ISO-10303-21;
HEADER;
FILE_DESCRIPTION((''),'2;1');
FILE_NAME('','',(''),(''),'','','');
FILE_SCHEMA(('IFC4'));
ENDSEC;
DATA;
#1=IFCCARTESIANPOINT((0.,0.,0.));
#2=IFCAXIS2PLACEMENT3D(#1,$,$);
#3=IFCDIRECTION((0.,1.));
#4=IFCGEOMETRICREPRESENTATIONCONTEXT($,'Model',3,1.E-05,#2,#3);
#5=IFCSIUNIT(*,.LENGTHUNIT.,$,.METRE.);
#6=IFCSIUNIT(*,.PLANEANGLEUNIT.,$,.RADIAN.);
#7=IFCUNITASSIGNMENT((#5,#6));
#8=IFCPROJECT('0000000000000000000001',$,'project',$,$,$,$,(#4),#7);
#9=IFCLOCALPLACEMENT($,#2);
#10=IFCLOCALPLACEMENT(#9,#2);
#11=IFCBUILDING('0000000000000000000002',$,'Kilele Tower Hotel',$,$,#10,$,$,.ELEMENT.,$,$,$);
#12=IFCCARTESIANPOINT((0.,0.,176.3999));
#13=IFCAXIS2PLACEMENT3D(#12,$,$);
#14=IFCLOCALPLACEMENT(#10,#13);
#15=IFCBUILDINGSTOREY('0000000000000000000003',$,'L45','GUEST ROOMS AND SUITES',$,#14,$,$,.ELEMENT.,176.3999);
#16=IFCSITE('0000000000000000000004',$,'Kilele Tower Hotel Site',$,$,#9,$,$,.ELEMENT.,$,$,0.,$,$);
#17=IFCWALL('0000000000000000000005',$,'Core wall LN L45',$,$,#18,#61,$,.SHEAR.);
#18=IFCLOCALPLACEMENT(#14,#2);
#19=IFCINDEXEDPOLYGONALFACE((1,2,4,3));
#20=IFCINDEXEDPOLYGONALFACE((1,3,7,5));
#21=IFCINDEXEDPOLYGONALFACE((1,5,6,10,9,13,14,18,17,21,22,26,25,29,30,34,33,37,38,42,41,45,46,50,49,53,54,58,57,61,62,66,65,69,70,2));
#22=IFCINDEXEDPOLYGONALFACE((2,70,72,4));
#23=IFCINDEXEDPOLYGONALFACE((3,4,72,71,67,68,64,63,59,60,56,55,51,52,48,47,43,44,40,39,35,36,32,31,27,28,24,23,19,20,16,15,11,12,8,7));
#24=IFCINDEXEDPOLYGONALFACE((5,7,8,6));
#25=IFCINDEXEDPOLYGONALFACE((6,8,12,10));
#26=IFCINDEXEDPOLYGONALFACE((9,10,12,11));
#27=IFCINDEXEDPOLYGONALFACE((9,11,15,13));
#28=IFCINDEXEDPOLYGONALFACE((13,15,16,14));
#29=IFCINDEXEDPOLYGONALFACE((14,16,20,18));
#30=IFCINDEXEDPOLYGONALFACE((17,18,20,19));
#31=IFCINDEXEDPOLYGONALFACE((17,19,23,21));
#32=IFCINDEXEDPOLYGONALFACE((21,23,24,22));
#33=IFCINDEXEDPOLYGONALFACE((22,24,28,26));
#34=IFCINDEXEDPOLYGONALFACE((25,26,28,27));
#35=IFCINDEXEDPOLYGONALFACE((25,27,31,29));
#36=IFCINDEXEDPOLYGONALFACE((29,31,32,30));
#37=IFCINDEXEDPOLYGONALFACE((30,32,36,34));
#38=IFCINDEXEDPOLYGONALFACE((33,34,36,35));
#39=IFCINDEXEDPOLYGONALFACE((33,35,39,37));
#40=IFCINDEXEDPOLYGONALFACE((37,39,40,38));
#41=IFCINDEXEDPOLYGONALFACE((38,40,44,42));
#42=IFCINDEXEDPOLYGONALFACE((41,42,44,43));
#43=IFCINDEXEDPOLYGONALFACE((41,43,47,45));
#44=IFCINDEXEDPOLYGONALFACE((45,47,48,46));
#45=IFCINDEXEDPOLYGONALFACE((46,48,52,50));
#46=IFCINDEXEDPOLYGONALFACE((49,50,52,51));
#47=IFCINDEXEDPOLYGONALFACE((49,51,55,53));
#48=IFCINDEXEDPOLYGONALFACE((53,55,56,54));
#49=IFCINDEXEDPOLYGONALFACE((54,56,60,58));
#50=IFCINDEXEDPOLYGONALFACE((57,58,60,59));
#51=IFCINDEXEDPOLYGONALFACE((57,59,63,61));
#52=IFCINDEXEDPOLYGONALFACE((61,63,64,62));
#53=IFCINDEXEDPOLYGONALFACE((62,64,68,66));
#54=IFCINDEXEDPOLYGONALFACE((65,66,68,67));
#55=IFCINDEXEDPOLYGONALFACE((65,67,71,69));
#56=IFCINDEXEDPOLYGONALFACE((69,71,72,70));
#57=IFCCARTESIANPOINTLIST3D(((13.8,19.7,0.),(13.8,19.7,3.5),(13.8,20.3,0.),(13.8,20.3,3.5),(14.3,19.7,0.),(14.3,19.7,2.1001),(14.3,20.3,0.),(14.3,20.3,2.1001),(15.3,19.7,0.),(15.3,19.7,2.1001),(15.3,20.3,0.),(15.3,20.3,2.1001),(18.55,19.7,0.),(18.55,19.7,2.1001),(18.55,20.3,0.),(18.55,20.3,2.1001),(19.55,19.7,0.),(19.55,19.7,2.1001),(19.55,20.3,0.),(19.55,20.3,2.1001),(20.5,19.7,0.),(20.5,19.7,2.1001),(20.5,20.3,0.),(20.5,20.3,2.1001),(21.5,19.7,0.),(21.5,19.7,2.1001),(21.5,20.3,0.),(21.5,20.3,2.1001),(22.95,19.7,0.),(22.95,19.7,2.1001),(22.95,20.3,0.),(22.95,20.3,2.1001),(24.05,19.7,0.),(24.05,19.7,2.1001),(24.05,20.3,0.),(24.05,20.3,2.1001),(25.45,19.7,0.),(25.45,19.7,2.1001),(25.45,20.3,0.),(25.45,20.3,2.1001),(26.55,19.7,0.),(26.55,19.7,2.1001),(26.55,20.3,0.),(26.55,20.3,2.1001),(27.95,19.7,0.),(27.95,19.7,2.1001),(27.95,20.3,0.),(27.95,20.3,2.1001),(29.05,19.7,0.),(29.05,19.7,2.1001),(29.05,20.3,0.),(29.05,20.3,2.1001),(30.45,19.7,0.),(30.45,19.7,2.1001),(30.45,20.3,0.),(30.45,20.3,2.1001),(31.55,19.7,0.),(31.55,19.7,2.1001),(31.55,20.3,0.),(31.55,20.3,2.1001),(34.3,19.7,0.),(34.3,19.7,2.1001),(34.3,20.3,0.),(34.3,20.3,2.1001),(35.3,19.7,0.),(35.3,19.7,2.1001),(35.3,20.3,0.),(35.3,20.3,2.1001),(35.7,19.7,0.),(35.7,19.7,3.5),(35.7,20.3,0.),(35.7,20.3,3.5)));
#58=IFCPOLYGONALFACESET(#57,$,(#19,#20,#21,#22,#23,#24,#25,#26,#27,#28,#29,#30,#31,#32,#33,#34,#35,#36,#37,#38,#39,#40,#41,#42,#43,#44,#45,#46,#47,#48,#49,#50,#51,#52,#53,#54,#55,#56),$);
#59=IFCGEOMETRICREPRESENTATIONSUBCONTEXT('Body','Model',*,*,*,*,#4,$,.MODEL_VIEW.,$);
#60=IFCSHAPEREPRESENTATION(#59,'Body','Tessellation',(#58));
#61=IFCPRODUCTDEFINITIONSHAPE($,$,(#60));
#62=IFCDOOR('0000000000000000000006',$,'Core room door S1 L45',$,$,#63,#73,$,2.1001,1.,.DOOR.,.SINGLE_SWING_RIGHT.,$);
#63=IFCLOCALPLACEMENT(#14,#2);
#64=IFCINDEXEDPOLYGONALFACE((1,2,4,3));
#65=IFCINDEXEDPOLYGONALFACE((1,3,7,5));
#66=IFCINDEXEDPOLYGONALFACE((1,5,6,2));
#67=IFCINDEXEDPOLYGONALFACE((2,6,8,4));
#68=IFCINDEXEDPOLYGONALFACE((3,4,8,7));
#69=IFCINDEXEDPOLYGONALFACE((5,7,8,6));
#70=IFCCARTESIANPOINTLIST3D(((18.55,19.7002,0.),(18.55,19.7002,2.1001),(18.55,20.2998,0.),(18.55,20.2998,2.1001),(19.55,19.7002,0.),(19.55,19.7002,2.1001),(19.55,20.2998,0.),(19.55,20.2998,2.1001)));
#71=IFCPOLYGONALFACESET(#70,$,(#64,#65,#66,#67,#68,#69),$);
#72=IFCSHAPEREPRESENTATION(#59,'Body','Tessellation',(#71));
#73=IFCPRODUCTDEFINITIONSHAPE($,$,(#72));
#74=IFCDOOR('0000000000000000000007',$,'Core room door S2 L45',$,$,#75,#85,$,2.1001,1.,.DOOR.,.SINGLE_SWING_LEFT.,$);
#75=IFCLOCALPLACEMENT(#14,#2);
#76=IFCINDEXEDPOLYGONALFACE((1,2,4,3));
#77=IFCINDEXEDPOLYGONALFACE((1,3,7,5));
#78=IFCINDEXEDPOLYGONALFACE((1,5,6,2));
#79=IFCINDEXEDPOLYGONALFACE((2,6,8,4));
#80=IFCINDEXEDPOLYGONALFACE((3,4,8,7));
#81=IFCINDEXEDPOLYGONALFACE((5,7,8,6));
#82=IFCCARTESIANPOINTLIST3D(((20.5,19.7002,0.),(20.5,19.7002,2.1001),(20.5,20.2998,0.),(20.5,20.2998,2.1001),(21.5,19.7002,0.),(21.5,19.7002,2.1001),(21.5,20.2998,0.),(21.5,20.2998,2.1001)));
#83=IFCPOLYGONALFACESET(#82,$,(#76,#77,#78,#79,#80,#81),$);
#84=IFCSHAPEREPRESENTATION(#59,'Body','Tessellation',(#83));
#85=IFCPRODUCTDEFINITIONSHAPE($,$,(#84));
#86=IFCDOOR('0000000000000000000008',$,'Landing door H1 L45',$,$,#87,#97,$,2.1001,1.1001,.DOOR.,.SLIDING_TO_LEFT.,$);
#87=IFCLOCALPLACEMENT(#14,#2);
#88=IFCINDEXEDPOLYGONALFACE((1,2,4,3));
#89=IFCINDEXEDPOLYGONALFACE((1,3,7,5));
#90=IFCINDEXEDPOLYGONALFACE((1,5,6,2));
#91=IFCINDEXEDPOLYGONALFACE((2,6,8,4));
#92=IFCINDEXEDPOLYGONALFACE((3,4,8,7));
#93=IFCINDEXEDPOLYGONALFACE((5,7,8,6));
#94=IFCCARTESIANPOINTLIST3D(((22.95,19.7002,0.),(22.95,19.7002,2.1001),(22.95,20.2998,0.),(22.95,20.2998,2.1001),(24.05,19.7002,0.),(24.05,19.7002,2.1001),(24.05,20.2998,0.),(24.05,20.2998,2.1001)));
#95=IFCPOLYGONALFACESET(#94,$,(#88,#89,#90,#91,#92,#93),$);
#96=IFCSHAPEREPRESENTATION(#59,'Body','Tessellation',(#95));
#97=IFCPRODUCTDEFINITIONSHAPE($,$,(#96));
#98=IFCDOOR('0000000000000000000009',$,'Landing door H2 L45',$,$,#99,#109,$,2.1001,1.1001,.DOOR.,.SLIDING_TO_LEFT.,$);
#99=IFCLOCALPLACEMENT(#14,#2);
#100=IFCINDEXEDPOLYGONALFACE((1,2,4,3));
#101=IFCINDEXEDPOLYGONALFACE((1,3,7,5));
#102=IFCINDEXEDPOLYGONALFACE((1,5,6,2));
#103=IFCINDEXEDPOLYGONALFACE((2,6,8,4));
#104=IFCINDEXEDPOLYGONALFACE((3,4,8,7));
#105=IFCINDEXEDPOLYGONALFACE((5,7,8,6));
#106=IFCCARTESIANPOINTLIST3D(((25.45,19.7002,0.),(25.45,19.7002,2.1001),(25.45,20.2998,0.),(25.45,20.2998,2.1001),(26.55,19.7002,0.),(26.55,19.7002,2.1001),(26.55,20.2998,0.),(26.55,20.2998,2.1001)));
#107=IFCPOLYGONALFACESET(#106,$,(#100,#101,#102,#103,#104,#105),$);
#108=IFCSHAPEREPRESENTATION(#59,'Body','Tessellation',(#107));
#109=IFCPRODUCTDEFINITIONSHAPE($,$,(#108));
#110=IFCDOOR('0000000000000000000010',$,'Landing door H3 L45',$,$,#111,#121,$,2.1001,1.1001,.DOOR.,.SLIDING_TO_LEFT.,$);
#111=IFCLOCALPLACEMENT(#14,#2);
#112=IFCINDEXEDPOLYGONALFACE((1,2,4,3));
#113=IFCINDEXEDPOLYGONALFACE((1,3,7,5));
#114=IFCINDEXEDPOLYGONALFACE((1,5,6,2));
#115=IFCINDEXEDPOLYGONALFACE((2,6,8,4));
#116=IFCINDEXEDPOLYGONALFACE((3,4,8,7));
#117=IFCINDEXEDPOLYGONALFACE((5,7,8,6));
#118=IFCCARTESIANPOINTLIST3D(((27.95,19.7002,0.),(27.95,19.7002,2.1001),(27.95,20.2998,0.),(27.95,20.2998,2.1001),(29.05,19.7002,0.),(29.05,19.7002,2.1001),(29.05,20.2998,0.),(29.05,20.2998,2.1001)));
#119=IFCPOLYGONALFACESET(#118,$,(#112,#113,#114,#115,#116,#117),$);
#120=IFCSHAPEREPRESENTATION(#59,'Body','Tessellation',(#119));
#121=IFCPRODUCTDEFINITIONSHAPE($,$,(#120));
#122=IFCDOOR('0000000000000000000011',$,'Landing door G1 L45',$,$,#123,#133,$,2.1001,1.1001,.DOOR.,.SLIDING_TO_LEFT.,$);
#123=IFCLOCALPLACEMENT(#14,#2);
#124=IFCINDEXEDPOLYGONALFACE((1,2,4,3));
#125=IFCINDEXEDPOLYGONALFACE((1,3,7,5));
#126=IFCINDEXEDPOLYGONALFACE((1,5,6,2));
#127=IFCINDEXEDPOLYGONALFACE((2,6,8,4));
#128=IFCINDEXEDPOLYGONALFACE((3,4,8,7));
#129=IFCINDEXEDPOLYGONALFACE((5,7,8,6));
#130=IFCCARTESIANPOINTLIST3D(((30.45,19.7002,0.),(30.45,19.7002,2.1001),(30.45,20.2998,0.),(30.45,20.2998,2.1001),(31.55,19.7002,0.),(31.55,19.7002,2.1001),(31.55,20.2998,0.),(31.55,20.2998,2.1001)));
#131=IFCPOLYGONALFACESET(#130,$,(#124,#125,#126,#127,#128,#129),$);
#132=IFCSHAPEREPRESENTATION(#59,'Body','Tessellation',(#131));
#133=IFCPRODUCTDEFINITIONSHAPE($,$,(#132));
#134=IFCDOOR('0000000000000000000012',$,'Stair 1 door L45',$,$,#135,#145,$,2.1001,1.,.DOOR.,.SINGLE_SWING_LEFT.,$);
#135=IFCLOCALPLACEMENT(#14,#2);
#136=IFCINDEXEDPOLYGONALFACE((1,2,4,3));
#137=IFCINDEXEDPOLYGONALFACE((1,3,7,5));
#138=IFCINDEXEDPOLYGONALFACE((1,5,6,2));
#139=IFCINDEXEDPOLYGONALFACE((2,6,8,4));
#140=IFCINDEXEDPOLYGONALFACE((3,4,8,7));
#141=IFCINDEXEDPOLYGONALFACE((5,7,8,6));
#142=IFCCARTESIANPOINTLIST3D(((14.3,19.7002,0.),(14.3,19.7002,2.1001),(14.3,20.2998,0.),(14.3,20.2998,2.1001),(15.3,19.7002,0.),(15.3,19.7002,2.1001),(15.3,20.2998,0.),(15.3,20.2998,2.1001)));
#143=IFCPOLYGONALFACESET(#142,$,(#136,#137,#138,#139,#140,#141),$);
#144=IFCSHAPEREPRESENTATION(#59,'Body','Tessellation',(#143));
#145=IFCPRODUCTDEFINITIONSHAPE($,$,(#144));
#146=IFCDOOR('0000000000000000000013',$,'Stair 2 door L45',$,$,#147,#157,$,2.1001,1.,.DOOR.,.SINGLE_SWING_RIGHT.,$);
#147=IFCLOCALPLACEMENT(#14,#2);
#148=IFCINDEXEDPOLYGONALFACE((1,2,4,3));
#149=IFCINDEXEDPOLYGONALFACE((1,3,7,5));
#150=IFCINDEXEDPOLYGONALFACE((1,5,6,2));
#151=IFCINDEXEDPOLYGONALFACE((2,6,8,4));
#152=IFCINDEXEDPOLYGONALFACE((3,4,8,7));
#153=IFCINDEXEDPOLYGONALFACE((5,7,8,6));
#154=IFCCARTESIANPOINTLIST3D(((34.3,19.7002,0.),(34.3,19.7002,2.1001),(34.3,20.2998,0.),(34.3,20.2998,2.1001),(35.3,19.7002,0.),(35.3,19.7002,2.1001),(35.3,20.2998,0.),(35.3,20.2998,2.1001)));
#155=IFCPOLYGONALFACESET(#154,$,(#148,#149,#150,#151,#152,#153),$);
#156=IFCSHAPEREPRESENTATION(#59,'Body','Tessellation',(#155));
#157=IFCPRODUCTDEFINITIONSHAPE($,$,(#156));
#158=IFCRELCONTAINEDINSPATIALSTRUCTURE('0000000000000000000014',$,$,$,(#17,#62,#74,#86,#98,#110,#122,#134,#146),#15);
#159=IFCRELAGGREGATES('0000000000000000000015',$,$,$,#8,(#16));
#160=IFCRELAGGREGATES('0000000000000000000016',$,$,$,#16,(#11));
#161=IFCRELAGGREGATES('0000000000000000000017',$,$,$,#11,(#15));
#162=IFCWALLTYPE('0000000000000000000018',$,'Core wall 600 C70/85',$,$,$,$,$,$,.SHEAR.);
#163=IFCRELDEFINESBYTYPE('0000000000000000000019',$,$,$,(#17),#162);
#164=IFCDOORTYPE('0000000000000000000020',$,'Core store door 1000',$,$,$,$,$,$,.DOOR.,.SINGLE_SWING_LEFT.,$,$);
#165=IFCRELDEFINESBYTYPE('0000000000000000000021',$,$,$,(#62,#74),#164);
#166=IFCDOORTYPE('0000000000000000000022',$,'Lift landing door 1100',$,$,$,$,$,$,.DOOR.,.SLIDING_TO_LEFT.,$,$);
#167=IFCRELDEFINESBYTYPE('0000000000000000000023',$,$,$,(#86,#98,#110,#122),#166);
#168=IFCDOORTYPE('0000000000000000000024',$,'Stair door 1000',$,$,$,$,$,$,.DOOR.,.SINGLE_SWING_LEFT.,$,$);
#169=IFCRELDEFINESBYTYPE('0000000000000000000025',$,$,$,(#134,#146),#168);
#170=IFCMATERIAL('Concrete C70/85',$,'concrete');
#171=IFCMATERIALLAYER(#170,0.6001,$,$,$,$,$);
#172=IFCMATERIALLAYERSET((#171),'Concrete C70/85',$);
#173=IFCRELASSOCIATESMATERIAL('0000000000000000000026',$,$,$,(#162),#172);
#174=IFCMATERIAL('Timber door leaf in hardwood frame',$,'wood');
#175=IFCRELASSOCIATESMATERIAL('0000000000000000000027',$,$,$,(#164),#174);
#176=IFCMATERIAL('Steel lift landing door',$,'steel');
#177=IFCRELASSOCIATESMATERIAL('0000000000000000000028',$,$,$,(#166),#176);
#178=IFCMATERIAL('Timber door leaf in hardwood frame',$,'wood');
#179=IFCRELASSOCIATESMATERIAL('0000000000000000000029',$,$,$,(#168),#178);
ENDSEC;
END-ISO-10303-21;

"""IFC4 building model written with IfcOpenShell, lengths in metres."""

from ifc_helpers import new_model, si_unit, direction, frame, frame_2d, origin, place, context, subcontext, project, spatial, rectangle, extrude, material, layer, layer_set, type_object, element, fill, save


model = new_model("IFC4")

# Units and contexts
model_context = context("Model", 3, precision=1e-05, world=origin(), true_north=direction((0.0, 1.0)))
body_context = subcontext(model_context, "Body", "Model", "MODEL_VIEW")
ifc_project = project(units=[si_unit("LENGTHUNIT", "METRE"), si_unit("PLANEANGLEUNIT", "RADIAN")], contexts=[model_context])

# Site, building, storey
site_placement = place(None, origin())
site = spatial("IfcSite", under=ifc_project, at=site_placement, Name="Kilele Tower Hotel Site", CompositionType="ELEMENT", RefElevation=0.0)
building_placement = place(site_placement, origin())
building = spatial("IfcBuilding", under=site, at=building_placement, Name="Kilele Tower Hotel", CompositionType="ELEMENT")
storey_placement = place(building_placement, frame((0.0, 0.0, 176.3999)))
storey = spatial("IfcBuildingStorey", under=building, at=storey_placement, Name="L45", Description="GUEST ROOMS AND SUITES", CompositionType="ELEMENT", Elevation=176.3999)

# Shared definitions
ifc_material_1 = material(Name="Concrete C70/85", Category="concrete")
ifc_layer = layer(ifc_material_1, 0.6001)
ifc_layer_set = layer_set([ifc_layer], Name="Concrete C70/85")
wall_type = type_object("IfcWallType", Name="Core wall 600 C70/85", PredefinedType="SHEAR", material=ifc_layer_set)

# Wall, openings, doors
ifc_material_2 = material(Name="Timber door leaf in hardwood frame", Category="wood")
door_type_1 = type_object("IfcDoorType", Name="Core store door 1000", OperationType="SINGLE_SWING_LEFT", PredefinedType="DOOR", material=ifc_material_2)
wall_1_placement = place(storey_placement, frame((13.8, 20.0, 0.0), z_axis=(0.0, 0.0, 1.0), x_axis=(1.0, 0.0, 0.0)))
wall_1 = element("IfcWall", 1, at=wall_1_placement, inside=storey, type_object=wall_type, Name="Core wall LN L45", PredefinedType="SHEAR", context=body_context, shape_type="SweptSolid", body=[
    extrude(rectangle(XDim=21.8999, YDim=0.6001, at=frame_2d((10.95, 0.0))), origin(), (0.0, 0.0, 1.0), 3.5),
])
opening_1_placement = place(wall_1_placement, frame((0.5, 0.0, 0.0)))
opening_1 = element("IfcOpeningElement", 2, at=opening_1_placement, cuts=wall_1, PredefinedType="OPENING", context=body_context, shape_type="SweptSolid", body=[
    extrude(rectangle(XDim=1.0, YDim=2.1001, at=frame_2d((0.5, 1.05))), frame((0.0, 0.3101, 0.0), z_axis=(0.0, -1.0, 0.0), x_axis=(1.0, 0.0, 0.0)), (0.0, 0.0, 1.0), 0.6201),
])
opening_2_placement = place(wall_1_placement, frame((20.5, 0.0, 0.0)))
opening_2 = element("IfcOpeningElement", 3, at=opening_2_placement, cuts=wall_1, PredefinedType="OPENING", context=body_context, shape_type="SweptSolid", body=[
    extrude(rectangle(XDim=1.0, YDim=2.1001, at=frame_2d((0.5, 1.05))), frame((0.0, 0.3101, 0.0), z_axis=(0.0, -1.0, 0.0), x_axis=(1.0, 0.0, 0.0)), (0.0, 0.0, 1.0), 0.6201),
])
opening_3_placement = place(wall_1_placement, frame((9.1499, 0.0, 0.0)))
opening_3 = element("IfcOpeningElement", 4, at=opening_3_placement, cuts=wall_1, PredefinedType="OPENING", context=body_context, shape_type="SweptSolid", body=[
    extrude(rectangle(XDim=1.1001, YDim=2.1001, at=frame_2d((0.55, 1.05))), frame((0.0, 0.3101, 0.0), z_axis=(0.0, -1.0, 0.0), x_axis=(1.0, 0.0, 0.0)), (0.0, 0.0, 1.0), 0.6201),
])
opening_4_placement = place(wall_1_placement, frame((11.6499, 0.0, 0.0)))
opening_4 = element("IfcOpeningElement", 5, at=opening_4_placement, cuts=wall_1, PredefinedType="OPENING", context=body_context, shape_type="SweptSolid", body=[
    extrude(rectangle(XDim=1.1001, YDim=2.1001, at=frame_2d((0.55, 1.05))), frame((0.0, 0.3101, 0.0), z_axis=(0.0, -1.0, 0.0), x_axis=(1.0, 0.0, 0.0)), (0.0, 0.0, 1.0), 0.6201),
])
opening_5_placement = place(wall_1_placement, frame((14.1499, 0.0, 0.0)))
opening_5 = element("IfcOpeningElement", 6, at=opening_5_placement, cuts=wall_1, PredefinedType="OPENING", context=body_context, shape_type="SweptSolid", body=[
    extrude(rectangle(XDim=1.1001, YDim=2.1001, at=frame_2d((0.55, 1.05))), frame((0.0, 0.3101, 0.0), z_axis=(0.0, -1.0, 0.0), x_axis=(1.0, 0.0, 0.0)), (0.0, 0.0, 1.0), 0.6201),
])
opening_6_placement = place(wall_1_placement, frame((16.6499, 0.0, 0.0)))
opening_6 = element("IfcOpeningElement", 7, at=opening_6_placement, cuts=wall_1, PredefinedType="OPENING", context=body_context, shape_type="SweptSolid", body=[
    extrude(rectangle(XDim=1.1001, YDim=2.1001, at=frame_2d((0.55, 1.05))), frame((0.0, 0.3101, 0.0), z_axis=(0.0, -1.0, 0.0), x_axis=(1.0, 0.0, 0.0)), (0.0, 0.0, 1.0), 0.6201),
])
opening_7_placement = place(wall_1_placement, frame((4.75, 0.0, 0.0)))
opening_7 = element("IfcOpeningElement", 8, at=opening_7_placement, cuts=wall_1, PredefinedType="OPENING", context=body_context, shape_type="SweptSolid", body=[
    extrude(rectangle(XDim=1.0, YDim=2.1001, at=frame_2d((0.5, 1.05))), frame((0.0, 0.3101, 0.0), z_axis=(0.0, -1.0, 0.0), x_axis=(1.0, 0.0, 0.0)), (0.0, 0.0, 1.0), 0.6201),
])
opening_8_placement = place(wall_1_placement, frame((6.7, 0.0, 0.0)))
opening_8 = element("IfcOpeningElement", 9, at=opening_8_placement, cuts=wall_1, PredefinedType="OPENING", context=body_context, shape_type="SweptSolid", body=[
    extrude(rectangle(XDim=1.0, YDim=2.1001, at=frame_2d((0.5, 1.05))), frame((0.0, 0.3101, 0.0), z_axis=(0.0, -1.0, 0.0), x_axis=(1.0, 0.0, 0.0)), (0.0, 0.0, 1.0), 0.6201),
])
door_1_placement = place(opening_7_placement, origin())
door_1 = element("IfcDoor", 10, at=door_1_placement, inside=storey, type_object=door_type_1, Name="Core room door S1 L45", OperationType="SINGLE_SWING_RIGHT", OverallHeight=2.1001, OverallWidth=1.0, PredefinedType="DOOR", context=body_context, shape_type="SweptSolid", body=[
    extrude(rectangle(XDim=1.0, YDim=2.1001, at=frame_2d((0.5, 1.05))), frame((0.0, 0.2998, 0.0), z_axis=(0.0, -1.0, 0.0), x_axis=(1.0, 0.0, 0.0)), (0.0, 0.0, 1.0), 0.5996),
])
fill(opening_7, door_1)
door_2_placement = place(opening_8_placement, origin())
door_2 = element("IfcDoor", 11, at=door_2_placement, inside=storey, type_object=door_type_1, Name="Core room door S2 L45", OperationType="SINGLE_SWING_LEFT", OverallHeight=2.1001, OverallWidth=1.0, PredefinedType="DOOR", context=body_context, shape_type="SweptSolid", body=[
    extrude(rectangle(XDim=1.0, YDim=2.1001, at=frame_2d((0.5, 1.05))), frame((0.0, 0.2998, 0.0), z_axis=(0.0, -1.0, 0.0), x_axis=(1.0, 0.0, 0.0)), (0.0, 0.0, 1.0), 0.5996),
])
fill(opening_8, door_2)
ifc_material_3 = material(Name="Steel lift landing door", Category="steel")
door_type_2 = type_object("IfcDoorType", Name="Lift landing door 1100", OperationType="SLIDING_TO_LEFT", PredefinedType="DOOR", material=ifc_material_3)
door_3_placement = place(opening_3_placement, origin())
door_3 = element("IfcDoor", 12, at=door_3_placement, inside=storey, type_object=door_type_2, Name="Landing door H1 L45", OperationType="SLIDING_TO_LEFT", OverallHeight=2.1001, OverallWidth=1.1001, PredefinedType="DOOR", context=body_context, shape_type="SweptSolid", body=[
    extrude(rectangle(XDim=1.1001, YDim=2.1001, at=frame_2d((0.55, 1.05))), frame((0.0, 0.2998, 0.0), z_axis=(0.0, -1.0, 0.0), x_axis=(1.0, 0.0, 0.0)), (0.0, 0.0, 1.0), 0.5996),
])
fill(opening_3, door_3)
door_4_placement = place(opening_4_placement, origin())
door_4 = element("IfcDoor", 13, at=door_4_placement, inside=storey, type_object=door_type_2, Name="Landing door H2 L45", OperationType="SLIDING_TO_LEFT", OverallHeight=2.1001, OverallWidth=1.1001, PredefinedType="DOOR", context=body_context, shape_type="SweptSolid", body=[
    extrude(rectangle(XDim=1.1001, YDim=2.1001, at=frame_2d((0.55, 1.05))), frame((0.0, 0.2998, 0.0), z_axis=(0.0, -1.0, 0.0), x_axis=(1.0, 0.0, 0.0)), (0.0, 0.0, 1.0), 0.5996),
])
fill(opening_4, door_4)
door_5_placement = place(opening_5_placement, origin())
door_5 = element("IfcDoor", 14, at=door_5_placement, inside=storey, type_object=door_type_2, Name="Landing door H3 L45", OperationType="SLIDING_TO_LEFT", OverallHeight=2.1001, OverallWidth=1.1001, PredefinedType="DOOR", context=body_context, shape_type="SweptSolid", body=[
    extrude(rectangle(XDim=1.1001, YDim=2.1001, at=frame_2d((0.55, 1.05))), frame((0.0, 0.2998, 0.0), z_axis=(0.0, -1.0, 0.0), x_axis=(1.0, 0.0, 0.0)), (0.0, 0.0, 1.0), 0.5996),
])
fill(opening_5, door_5)
door_6_placement = place(opening_6_placement, origin())
door_6 = element("IfcDoor", 15, at=door_6_placement, inside=storey, type_object=door_type_2, Name="Landing door G1 L45", OperationType="SLIDING_TO_LEFT", OverallHeight=2.1001, OverallWidth=1.1001, PredefinedType="DOOR", context=body_context, shape_type="SweptSolid", body=[
    extrude(rectangle(XDim=1.1001, YDim=2.1001, at=frame_2d((0.55, 1.05))), frame((0.0, 0.2998, 0.0), z_axis=(0.0, -1.0, 0.0), x_axis=(1.0, 0.0, 0.0)), (0.0, 0.0, 1.0), 0.5996),
])
fill(opening_6, door_6)
ifc_material_4 = material(Name="Timber door leaf in hardwood frame", Category="wood")
door_type_3 = type_object("IfcDoorType", Name="Stair door 1000", OperationType="SINGLE_SWING_LEFT", PredefinedType="DOOR", material=ifc_material_4)
door_7_placement = place(opening_1_placement, origin())
door_7 = element("IfcDoor", 16, at=door_7_placement, inside=storey, type_object=door_type_3, Name="Stair 1 door L45", OperationType="SINGLE_SWING_LEFT", OverallHeight=2.1001, OverallWidth=1.0, PredefinedType="DOOR", context=body_context, shape_type="SweptSolid", body=[
    extrude(rectangle(XDim=1.0, YDim=2.1001, at=frame_2d((0.5, 1.05))), frame((0.0, 0.2998, 0.0), z_axis=(0.0, -1.0, 0.0), x_axis=(1.0, 0.0, 0.0)), (0.0, 0.0, 1.0), 0.5996),
])
fill(opening_1, door_7)
door_8_placement = place(opening_2_placement, origin())
door_8 = element("IfcDoor", 17, at=door_8_placement, inside=storey, type_object=door_type_3, Name="Stair 2 door L45", OperationType="SINGLE_SWING_RIGHT", OverallHeight=2.1001, OverallWidth=1.0, PredefinedType="DOOR", context=body_context, shape_type="SweptSolid", body=[
    extrude(rectangle(XDim=1.0, YDim=2.1001, at=frame_2d((0.5, 1.05))), frame((0.0, 0.2998, 0.0), z_axis=(0.0, -1.0, 0.0), x_axis=(1.0, 0.0, 0.0)), (0.0, 0.0, 1.0), 0.5996),
])
fill(opening_2, door_8)

save(model, "model.ifc")
